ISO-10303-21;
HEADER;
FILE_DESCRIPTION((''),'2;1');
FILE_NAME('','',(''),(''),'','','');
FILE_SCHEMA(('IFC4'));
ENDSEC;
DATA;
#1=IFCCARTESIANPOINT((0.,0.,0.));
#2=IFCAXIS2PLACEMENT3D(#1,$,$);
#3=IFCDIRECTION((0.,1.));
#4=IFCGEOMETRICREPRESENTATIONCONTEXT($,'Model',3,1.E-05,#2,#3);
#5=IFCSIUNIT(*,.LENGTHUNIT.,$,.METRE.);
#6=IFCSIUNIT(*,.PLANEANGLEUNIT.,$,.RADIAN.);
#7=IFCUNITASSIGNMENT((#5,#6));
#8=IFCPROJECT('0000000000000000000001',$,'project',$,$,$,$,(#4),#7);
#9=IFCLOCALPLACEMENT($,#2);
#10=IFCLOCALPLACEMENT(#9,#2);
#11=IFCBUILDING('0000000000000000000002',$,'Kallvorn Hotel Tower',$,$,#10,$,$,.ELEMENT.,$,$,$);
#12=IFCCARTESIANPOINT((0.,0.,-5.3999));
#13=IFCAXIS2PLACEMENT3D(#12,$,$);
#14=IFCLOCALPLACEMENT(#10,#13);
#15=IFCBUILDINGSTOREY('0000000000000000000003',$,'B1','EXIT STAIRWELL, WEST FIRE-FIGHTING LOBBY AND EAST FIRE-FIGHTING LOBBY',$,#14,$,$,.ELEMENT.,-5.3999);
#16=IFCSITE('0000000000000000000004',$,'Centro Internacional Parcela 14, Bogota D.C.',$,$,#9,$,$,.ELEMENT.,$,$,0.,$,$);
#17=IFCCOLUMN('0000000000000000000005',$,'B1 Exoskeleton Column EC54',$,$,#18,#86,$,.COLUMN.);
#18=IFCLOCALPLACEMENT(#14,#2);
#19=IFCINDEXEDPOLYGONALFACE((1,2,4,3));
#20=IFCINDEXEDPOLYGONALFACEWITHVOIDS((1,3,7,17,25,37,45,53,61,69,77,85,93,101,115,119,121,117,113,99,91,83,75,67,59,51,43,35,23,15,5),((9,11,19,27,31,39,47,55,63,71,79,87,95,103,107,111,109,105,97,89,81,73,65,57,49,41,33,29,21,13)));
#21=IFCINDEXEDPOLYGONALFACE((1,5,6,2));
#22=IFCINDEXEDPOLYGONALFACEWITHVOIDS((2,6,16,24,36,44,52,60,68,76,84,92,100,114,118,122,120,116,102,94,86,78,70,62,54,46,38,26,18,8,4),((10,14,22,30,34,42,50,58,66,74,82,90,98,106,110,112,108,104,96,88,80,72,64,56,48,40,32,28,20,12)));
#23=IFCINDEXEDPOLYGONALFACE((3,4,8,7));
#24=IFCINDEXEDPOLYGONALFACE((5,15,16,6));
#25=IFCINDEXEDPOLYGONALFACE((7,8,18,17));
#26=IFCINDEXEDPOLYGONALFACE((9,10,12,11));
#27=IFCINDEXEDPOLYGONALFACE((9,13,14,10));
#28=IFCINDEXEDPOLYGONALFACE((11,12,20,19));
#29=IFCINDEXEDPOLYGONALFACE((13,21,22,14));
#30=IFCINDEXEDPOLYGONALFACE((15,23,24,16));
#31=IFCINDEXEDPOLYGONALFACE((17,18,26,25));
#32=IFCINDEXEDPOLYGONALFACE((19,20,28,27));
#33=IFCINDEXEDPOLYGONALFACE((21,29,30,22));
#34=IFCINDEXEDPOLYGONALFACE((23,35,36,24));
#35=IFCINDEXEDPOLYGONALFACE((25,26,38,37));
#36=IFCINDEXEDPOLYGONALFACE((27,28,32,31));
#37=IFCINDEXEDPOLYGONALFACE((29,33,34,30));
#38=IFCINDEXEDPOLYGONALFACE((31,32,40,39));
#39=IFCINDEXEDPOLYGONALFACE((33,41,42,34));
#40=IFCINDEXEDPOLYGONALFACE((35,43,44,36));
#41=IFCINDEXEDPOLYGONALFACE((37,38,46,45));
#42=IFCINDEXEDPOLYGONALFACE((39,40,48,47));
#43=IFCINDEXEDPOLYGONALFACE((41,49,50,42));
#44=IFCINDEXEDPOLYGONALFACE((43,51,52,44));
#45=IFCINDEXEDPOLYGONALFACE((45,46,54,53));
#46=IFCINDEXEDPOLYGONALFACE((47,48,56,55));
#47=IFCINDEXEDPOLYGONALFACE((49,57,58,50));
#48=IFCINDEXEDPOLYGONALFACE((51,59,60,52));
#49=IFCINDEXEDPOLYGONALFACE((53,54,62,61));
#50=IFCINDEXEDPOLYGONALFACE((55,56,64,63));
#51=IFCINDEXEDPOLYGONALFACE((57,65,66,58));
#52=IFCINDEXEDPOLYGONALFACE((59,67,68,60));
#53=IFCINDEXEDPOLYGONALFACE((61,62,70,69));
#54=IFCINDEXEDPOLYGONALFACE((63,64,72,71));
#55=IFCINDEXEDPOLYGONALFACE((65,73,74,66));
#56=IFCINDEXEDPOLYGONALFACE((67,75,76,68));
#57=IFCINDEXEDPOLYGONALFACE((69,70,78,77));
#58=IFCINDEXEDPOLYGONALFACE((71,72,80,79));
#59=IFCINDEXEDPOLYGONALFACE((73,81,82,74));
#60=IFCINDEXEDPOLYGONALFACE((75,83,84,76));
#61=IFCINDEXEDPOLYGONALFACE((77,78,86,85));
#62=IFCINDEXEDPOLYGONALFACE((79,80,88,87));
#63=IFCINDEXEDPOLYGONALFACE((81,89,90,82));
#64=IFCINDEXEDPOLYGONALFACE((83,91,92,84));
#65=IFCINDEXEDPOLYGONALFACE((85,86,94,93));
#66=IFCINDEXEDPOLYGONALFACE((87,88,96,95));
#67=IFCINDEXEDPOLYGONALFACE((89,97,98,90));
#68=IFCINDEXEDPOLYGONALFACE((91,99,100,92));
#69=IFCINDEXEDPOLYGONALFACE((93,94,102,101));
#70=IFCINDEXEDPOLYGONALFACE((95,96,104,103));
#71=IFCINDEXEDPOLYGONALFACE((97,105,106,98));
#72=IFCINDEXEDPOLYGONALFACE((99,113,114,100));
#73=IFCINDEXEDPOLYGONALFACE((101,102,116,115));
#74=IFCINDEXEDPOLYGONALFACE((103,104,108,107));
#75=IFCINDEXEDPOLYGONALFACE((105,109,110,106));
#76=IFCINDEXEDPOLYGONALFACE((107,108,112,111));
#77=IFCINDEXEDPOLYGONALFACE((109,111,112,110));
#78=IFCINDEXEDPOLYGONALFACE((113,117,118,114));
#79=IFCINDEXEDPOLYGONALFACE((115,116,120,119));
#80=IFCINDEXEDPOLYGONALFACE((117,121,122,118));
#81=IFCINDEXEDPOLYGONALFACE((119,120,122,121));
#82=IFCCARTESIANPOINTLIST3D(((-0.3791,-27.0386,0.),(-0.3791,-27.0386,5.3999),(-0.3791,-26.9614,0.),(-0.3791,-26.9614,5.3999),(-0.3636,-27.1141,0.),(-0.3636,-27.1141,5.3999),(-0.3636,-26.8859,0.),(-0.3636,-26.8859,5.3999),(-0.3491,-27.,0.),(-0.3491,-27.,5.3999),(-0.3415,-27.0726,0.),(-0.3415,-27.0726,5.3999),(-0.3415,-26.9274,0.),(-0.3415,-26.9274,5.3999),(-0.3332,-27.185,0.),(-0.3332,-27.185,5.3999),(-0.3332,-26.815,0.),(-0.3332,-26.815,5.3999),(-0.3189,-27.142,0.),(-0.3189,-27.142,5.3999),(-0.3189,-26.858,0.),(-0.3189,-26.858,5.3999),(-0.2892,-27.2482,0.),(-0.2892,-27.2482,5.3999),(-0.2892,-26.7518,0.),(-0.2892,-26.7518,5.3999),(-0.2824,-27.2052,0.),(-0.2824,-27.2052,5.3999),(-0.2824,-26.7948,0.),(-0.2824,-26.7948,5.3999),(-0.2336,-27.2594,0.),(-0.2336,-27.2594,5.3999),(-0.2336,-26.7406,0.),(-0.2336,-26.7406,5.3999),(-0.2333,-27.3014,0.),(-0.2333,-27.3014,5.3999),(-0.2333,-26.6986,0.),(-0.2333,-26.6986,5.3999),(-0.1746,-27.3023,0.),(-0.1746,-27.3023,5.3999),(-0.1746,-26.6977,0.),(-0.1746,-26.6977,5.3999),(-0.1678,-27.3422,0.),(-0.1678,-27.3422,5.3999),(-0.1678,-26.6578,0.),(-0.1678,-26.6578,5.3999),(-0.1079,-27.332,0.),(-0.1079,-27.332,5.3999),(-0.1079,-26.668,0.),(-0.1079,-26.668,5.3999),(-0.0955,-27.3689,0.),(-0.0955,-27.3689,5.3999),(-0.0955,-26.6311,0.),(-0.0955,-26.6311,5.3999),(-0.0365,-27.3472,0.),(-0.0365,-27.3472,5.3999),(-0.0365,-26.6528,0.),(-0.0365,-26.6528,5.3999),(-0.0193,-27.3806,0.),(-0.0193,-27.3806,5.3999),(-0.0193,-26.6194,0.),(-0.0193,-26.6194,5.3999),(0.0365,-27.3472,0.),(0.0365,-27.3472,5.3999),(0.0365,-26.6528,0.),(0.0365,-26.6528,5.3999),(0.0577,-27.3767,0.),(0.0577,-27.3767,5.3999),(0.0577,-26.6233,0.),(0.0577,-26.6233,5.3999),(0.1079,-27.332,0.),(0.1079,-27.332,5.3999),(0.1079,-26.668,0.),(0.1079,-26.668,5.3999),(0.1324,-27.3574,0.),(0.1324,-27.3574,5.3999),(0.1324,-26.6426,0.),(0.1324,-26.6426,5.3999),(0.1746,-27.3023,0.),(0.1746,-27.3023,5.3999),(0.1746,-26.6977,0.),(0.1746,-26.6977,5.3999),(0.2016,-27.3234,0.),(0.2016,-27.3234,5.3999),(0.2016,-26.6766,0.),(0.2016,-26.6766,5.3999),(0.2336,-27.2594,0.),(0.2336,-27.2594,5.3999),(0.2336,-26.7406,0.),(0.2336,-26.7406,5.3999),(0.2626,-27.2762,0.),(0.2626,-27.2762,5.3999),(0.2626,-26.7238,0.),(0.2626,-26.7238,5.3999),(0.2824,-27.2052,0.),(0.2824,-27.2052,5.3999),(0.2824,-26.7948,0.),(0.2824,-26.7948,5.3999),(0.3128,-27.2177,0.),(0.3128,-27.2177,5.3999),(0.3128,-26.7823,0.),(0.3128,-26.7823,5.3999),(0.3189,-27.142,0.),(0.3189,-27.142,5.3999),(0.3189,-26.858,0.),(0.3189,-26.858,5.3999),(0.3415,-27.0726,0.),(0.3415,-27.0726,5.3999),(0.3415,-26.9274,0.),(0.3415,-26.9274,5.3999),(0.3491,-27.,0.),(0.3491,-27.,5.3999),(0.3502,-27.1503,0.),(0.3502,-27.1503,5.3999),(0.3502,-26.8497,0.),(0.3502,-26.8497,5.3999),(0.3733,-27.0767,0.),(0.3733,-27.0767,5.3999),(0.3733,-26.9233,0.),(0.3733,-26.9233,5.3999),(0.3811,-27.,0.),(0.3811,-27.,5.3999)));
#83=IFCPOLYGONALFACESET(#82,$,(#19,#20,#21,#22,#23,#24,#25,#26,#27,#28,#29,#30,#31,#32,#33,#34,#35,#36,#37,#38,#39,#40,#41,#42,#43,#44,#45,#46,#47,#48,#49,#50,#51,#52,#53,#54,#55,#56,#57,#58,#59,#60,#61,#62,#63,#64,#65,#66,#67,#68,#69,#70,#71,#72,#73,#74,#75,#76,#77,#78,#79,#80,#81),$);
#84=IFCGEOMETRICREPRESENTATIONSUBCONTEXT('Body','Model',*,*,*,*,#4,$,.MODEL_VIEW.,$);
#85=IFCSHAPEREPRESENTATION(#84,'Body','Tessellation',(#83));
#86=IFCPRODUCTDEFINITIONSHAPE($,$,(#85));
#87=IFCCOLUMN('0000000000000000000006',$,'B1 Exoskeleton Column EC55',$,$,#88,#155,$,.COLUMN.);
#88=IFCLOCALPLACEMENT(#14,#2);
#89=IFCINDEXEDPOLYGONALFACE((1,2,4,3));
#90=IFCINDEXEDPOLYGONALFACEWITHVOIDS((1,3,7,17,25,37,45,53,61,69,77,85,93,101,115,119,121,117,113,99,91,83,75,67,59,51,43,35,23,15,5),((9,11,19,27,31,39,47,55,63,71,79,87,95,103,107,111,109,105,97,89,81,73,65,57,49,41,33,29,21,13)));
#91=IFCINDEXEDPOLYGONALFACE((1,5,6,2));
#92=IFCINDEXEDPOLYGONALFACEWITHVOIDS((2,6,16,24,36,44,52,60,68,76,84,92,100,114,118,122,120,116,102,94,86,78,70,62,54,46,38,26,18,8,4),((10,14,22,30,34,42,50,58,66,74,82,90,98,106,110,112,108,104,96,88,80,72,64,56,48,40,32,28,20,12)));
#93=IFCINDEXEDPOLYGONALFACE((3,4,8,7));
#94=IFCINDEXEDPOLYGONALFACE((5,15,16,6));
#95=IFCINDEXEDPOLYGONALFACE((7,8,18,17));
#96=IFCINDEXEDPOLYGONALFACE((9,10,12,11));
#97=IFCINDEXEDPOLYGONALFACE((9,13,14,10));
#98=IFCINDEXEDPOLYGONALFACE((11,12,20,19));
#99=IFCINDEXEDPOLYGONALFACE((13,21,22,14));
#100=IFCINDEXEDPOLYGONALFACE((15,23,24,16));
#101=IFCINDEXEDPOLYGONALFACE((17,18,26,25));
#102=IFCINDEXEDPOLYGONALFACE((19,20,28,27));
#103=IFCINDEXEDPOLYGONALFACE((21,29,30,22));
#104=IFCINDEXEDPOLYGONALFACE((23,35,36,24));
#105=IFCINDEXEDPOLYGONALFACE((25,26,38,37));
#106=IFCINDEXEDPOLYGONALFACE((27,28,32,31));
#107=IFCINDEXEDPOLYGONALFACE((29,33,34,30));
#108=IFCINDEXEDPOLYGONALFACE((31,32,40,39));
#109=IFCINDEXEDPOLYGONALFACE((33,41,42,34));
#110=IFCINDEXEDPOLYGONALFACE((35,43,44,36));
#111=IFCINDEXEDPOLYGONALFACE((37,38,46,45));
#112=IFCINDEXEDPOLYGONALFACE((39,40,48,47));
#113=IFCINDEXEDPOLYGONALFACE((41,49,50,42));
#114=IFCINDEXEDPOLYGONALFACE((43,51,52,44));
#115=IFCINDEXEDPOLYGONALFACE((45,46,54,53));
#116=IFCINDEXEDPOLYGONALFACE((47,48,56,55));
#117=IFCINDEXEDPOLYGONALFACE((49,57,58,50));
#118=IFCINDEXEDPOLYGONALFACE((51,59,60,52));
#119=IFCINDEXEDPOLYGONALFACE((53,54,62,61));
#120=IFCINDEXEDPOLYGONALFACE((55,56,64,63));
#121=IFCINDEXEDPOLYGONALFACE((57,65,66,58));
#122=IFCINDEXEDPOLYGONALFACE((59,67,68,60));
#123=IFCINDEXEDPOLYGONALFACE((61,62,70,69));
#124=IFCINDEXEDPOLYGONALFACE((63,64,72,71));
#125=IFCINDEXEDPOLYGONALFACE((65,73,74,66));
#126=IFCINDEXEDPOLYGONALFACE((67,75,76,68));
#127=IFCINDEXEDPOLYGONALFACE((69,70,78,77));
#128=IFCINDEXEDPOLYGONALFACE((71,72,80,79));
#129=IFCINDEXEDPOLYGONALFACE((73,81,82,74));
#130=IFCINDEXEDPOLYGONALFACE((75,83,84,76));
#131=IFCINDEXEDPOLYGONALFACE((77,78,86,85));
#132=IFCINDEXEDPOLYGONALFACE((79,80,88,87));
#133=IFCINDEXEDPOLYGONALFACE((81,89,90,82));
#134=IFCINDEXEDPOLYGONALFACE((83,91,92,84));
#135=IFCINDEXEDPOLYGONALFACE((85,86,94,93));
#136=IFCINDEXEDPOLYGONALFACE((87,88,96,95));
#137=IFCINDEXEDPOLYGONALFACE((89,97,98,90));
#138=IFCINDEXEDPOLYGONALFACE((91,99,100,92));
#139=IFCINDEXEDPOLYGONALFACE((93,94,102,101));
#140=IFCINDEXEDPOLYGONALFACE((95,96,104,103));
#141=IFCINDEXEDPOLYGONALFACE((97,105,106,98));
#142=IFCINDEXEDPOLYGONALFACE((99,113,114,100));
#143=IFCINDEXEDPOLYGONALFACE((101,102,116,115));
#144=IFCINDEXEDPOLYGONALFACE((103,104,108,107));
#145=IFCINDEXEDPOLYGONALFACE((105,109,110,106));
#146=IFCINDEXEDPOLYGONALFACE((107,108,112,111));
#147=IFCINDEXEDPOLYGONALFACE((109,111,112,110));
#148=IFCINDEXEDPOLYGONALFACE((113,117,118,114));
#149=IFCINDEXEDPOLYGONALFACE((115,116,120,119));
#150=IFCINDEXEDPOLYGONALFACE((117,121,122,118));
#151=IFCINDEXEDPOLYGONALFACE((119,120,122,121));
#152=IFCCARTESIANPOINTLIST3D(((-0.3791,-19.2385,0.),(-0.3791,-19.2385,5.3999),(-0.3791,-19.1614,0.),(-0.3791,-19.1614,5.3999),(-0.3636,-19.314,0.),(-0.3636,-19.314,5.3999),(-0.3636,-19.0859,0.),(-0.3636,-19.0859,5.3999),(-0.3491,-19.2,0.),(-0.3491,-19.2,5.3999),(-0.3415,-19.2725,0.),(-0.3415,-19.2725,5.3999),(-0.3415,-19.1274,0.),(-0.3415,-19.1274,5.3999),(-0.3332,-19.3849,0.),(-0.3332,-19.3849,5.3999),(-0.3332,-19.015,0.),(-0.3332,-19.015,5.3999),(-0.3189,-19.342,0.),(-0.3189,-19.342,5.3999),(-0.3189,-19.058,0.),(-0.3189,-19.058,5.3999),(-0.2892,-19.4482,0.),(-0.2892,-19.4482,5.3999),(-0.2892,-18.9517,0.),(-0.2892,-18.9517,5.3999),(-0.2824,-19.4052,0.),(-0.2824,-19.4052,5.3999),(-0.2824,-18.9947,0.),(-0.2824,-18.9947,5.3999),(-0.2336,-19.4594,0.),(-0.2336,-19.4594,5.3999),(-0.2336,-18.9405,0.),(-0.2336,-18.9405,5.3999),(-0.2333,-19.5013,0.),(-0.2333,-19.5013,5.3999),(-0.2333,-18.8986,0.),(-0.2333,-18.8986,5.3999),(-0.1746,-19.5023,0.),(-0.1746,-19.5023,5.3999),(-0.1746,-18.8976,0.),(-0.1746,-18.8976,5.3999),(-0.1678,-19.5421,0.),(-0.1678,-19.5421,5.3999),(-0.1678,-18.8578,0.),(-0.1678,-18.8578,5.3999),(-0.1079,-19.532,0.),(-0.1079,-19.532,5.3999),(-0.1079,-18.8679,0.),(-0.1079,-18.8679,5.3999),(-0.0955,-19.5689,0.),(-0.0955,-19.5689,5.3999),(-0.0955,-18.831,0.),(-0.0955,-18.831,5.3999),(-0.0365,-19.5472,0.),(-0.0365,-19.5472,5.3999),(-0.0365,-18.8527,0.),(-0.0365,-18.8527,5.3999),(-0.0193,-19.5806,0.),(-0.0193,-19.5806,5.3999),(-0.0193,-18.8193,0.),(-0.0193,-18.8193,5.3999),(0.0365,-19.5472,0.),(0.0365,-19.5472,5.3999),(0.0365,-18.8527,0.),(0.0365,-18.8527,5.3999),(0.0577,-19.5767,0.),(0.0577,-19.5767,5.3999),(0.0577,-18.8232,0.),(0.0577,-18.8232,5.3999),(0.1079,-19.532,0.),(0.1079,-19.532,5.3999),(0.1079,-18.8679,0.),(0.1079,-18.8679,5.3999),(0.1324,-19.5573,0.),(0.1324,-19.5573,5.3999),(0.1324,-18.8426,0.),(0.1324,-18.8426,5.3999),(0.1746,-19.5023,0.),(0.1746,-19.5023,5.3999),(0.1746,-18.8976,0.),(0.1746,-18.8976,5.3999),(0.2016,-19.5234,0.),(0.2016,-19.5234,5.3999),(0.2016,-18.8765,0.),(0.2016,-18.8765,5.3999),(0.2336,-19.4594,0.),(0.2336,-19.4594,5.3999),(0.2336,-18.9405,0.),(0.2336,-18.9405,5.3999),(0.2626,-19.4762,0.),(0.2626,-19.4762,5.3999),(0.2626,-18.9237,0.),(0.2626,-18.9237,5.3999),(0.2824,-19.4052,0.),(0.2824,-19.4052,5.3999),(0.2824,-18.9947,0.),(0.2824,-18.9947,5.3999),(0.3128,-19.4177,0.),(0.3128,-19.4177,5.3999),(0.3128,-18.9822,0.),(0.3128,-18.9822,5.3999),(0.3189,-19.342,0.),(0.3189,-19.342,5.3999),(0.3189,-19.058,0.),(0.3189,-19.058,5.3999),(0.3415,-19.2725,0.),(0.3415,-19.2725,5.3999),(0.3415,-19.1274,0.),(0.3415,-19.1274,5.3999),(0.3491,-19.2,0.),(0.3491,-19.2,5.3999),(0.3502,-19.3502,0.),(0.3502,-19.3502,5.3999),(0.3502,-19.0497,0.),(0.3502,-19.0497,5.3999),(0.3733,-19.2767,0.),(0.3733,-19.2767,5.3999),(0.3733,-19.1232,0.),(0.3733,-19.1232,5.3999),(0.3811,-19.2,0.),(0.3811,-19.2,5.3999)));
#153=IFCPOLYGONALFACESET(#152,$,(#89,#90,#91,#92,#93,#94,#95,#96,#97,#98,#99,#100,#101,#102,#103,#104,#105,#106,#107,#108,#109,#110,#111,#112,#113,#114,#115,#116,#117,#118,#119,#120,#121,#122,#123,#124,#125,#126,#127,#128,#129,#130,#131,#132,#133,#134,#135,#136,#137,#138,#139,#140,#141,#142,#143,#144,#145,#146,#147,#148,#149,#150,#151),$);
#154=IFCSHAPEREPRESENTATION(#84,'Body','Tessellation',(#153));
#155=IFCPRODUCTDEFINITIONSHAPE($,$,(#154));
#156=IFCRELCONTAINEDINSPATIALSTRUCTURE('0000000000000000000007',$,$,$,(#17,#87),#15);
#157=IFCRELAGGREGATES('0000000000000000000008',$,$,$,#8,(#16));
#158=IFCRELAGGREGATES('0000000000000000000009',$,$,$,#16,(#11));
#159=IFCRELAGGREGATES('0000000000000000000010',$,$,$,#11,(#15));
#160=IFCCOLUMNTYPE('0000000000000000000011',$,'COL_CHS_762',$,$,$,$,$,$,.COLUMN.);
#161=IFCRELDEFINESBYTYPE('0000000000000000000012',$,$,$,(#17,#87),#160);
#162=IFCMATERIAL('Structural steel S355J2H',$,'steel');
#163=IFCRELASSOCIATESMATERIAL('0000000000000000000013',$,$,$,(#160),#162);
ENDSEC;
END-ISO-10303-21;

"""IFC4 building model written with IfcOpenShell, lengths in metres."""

from ifc_helpers import new_model, si_unit, direction, frame, origin, origin_2d, place, context, subcontext, project, spatial, hollow_circle, extrude, material, material_profile, profile_set, type_object, element, save


model = new_model("IFC4")

# Units and contexts
model_context = context("Model", 3, precision=1e-05, world=origin(), true_north=direction((0.0, 1.0)))
body_context = subcontext(model_context, "Body", "Model", "MODEL_VIEW")
ifc_project = project(units=[si_unit("LENGTHUNIT", "METRE"), si_unit("PLANEANGLEUNIT", "RADIAN")], contexts=[model_context])

# Site, building, storey
site_placement = place(None, origin())
site = spatial("IfcSite", under=ifc_project, at=site_placement, Name="Centro Internacional Parcela 14, Bogota D.C.", CompositionType="ELEMENT", RefElevation=0.0)
building_placement = place(site_placement, origin())
building = spatial("IfcBuilding", under=site, at=building_placement, Name="Kallvorn Hotel Tower", CompositionType="ELEMENT")
storey_placement = place(building_placement, frame((0.0, 0.0, -5.3999)))
storey = spatial("IfcBuildingStorey", under=building, at=storey_placement, Name="B1", Description="EXIT STAIRWELL, WEST FIRE-FIGHTING LOBBY AND EAST FIRE-FIGHTING LOBBY", CompositionType="ELEMENT", Elevation=-5.3999)

# Columns
ifc_material_1 = material(Name="Structural steel S355J2H", Category="steel")
ifc_material_profile_1 = material_profile(ifc_material_1, hollow_circle(Radius=0.3811, WallThickness=0.032, at=origin_2d()), Name="CHS 762x32")
ifc_profile_set_1 = profile_set([ifc_material_profile_1], Name="Structural steel S355J2H")
column_type_1 = type_object("IfcColumnType", Name="COL_CHS_762", PredefinedType="COLUMN", material=ifc_profile_set_1)
for number, where, z_axis, x_axis, name in (
    (1, (0.0, -27.0, 0.0), (0.0, 0.0, 1.0), (1.0, 0.0, 0.0), "B1 Exoskeleton Column EC54"),
    (2, (0.0, -19.2, 0.0), (0.0, 0.0, 1.0), (1.0, 0.0, 0.0), "B1 Exoskeleton Column EC55"),
):
    element("IfcColumn", number, at=place(storey_placement, frame(where, z_axis=z_axis, x_axis=x_axis)), inside=storey, type_object=column_type_1, Name=name, PredefinedType="COLUMN", context=body_context, shape_type="SweptSolid", body=[
        extrude(hollow_circle(Radius=0.3811, WallThickness=0.032, at=origin_2d()), origin(), (0.0, 0.0, 1.0), 5.3999),
    ])

save(model, "model.ifc")
